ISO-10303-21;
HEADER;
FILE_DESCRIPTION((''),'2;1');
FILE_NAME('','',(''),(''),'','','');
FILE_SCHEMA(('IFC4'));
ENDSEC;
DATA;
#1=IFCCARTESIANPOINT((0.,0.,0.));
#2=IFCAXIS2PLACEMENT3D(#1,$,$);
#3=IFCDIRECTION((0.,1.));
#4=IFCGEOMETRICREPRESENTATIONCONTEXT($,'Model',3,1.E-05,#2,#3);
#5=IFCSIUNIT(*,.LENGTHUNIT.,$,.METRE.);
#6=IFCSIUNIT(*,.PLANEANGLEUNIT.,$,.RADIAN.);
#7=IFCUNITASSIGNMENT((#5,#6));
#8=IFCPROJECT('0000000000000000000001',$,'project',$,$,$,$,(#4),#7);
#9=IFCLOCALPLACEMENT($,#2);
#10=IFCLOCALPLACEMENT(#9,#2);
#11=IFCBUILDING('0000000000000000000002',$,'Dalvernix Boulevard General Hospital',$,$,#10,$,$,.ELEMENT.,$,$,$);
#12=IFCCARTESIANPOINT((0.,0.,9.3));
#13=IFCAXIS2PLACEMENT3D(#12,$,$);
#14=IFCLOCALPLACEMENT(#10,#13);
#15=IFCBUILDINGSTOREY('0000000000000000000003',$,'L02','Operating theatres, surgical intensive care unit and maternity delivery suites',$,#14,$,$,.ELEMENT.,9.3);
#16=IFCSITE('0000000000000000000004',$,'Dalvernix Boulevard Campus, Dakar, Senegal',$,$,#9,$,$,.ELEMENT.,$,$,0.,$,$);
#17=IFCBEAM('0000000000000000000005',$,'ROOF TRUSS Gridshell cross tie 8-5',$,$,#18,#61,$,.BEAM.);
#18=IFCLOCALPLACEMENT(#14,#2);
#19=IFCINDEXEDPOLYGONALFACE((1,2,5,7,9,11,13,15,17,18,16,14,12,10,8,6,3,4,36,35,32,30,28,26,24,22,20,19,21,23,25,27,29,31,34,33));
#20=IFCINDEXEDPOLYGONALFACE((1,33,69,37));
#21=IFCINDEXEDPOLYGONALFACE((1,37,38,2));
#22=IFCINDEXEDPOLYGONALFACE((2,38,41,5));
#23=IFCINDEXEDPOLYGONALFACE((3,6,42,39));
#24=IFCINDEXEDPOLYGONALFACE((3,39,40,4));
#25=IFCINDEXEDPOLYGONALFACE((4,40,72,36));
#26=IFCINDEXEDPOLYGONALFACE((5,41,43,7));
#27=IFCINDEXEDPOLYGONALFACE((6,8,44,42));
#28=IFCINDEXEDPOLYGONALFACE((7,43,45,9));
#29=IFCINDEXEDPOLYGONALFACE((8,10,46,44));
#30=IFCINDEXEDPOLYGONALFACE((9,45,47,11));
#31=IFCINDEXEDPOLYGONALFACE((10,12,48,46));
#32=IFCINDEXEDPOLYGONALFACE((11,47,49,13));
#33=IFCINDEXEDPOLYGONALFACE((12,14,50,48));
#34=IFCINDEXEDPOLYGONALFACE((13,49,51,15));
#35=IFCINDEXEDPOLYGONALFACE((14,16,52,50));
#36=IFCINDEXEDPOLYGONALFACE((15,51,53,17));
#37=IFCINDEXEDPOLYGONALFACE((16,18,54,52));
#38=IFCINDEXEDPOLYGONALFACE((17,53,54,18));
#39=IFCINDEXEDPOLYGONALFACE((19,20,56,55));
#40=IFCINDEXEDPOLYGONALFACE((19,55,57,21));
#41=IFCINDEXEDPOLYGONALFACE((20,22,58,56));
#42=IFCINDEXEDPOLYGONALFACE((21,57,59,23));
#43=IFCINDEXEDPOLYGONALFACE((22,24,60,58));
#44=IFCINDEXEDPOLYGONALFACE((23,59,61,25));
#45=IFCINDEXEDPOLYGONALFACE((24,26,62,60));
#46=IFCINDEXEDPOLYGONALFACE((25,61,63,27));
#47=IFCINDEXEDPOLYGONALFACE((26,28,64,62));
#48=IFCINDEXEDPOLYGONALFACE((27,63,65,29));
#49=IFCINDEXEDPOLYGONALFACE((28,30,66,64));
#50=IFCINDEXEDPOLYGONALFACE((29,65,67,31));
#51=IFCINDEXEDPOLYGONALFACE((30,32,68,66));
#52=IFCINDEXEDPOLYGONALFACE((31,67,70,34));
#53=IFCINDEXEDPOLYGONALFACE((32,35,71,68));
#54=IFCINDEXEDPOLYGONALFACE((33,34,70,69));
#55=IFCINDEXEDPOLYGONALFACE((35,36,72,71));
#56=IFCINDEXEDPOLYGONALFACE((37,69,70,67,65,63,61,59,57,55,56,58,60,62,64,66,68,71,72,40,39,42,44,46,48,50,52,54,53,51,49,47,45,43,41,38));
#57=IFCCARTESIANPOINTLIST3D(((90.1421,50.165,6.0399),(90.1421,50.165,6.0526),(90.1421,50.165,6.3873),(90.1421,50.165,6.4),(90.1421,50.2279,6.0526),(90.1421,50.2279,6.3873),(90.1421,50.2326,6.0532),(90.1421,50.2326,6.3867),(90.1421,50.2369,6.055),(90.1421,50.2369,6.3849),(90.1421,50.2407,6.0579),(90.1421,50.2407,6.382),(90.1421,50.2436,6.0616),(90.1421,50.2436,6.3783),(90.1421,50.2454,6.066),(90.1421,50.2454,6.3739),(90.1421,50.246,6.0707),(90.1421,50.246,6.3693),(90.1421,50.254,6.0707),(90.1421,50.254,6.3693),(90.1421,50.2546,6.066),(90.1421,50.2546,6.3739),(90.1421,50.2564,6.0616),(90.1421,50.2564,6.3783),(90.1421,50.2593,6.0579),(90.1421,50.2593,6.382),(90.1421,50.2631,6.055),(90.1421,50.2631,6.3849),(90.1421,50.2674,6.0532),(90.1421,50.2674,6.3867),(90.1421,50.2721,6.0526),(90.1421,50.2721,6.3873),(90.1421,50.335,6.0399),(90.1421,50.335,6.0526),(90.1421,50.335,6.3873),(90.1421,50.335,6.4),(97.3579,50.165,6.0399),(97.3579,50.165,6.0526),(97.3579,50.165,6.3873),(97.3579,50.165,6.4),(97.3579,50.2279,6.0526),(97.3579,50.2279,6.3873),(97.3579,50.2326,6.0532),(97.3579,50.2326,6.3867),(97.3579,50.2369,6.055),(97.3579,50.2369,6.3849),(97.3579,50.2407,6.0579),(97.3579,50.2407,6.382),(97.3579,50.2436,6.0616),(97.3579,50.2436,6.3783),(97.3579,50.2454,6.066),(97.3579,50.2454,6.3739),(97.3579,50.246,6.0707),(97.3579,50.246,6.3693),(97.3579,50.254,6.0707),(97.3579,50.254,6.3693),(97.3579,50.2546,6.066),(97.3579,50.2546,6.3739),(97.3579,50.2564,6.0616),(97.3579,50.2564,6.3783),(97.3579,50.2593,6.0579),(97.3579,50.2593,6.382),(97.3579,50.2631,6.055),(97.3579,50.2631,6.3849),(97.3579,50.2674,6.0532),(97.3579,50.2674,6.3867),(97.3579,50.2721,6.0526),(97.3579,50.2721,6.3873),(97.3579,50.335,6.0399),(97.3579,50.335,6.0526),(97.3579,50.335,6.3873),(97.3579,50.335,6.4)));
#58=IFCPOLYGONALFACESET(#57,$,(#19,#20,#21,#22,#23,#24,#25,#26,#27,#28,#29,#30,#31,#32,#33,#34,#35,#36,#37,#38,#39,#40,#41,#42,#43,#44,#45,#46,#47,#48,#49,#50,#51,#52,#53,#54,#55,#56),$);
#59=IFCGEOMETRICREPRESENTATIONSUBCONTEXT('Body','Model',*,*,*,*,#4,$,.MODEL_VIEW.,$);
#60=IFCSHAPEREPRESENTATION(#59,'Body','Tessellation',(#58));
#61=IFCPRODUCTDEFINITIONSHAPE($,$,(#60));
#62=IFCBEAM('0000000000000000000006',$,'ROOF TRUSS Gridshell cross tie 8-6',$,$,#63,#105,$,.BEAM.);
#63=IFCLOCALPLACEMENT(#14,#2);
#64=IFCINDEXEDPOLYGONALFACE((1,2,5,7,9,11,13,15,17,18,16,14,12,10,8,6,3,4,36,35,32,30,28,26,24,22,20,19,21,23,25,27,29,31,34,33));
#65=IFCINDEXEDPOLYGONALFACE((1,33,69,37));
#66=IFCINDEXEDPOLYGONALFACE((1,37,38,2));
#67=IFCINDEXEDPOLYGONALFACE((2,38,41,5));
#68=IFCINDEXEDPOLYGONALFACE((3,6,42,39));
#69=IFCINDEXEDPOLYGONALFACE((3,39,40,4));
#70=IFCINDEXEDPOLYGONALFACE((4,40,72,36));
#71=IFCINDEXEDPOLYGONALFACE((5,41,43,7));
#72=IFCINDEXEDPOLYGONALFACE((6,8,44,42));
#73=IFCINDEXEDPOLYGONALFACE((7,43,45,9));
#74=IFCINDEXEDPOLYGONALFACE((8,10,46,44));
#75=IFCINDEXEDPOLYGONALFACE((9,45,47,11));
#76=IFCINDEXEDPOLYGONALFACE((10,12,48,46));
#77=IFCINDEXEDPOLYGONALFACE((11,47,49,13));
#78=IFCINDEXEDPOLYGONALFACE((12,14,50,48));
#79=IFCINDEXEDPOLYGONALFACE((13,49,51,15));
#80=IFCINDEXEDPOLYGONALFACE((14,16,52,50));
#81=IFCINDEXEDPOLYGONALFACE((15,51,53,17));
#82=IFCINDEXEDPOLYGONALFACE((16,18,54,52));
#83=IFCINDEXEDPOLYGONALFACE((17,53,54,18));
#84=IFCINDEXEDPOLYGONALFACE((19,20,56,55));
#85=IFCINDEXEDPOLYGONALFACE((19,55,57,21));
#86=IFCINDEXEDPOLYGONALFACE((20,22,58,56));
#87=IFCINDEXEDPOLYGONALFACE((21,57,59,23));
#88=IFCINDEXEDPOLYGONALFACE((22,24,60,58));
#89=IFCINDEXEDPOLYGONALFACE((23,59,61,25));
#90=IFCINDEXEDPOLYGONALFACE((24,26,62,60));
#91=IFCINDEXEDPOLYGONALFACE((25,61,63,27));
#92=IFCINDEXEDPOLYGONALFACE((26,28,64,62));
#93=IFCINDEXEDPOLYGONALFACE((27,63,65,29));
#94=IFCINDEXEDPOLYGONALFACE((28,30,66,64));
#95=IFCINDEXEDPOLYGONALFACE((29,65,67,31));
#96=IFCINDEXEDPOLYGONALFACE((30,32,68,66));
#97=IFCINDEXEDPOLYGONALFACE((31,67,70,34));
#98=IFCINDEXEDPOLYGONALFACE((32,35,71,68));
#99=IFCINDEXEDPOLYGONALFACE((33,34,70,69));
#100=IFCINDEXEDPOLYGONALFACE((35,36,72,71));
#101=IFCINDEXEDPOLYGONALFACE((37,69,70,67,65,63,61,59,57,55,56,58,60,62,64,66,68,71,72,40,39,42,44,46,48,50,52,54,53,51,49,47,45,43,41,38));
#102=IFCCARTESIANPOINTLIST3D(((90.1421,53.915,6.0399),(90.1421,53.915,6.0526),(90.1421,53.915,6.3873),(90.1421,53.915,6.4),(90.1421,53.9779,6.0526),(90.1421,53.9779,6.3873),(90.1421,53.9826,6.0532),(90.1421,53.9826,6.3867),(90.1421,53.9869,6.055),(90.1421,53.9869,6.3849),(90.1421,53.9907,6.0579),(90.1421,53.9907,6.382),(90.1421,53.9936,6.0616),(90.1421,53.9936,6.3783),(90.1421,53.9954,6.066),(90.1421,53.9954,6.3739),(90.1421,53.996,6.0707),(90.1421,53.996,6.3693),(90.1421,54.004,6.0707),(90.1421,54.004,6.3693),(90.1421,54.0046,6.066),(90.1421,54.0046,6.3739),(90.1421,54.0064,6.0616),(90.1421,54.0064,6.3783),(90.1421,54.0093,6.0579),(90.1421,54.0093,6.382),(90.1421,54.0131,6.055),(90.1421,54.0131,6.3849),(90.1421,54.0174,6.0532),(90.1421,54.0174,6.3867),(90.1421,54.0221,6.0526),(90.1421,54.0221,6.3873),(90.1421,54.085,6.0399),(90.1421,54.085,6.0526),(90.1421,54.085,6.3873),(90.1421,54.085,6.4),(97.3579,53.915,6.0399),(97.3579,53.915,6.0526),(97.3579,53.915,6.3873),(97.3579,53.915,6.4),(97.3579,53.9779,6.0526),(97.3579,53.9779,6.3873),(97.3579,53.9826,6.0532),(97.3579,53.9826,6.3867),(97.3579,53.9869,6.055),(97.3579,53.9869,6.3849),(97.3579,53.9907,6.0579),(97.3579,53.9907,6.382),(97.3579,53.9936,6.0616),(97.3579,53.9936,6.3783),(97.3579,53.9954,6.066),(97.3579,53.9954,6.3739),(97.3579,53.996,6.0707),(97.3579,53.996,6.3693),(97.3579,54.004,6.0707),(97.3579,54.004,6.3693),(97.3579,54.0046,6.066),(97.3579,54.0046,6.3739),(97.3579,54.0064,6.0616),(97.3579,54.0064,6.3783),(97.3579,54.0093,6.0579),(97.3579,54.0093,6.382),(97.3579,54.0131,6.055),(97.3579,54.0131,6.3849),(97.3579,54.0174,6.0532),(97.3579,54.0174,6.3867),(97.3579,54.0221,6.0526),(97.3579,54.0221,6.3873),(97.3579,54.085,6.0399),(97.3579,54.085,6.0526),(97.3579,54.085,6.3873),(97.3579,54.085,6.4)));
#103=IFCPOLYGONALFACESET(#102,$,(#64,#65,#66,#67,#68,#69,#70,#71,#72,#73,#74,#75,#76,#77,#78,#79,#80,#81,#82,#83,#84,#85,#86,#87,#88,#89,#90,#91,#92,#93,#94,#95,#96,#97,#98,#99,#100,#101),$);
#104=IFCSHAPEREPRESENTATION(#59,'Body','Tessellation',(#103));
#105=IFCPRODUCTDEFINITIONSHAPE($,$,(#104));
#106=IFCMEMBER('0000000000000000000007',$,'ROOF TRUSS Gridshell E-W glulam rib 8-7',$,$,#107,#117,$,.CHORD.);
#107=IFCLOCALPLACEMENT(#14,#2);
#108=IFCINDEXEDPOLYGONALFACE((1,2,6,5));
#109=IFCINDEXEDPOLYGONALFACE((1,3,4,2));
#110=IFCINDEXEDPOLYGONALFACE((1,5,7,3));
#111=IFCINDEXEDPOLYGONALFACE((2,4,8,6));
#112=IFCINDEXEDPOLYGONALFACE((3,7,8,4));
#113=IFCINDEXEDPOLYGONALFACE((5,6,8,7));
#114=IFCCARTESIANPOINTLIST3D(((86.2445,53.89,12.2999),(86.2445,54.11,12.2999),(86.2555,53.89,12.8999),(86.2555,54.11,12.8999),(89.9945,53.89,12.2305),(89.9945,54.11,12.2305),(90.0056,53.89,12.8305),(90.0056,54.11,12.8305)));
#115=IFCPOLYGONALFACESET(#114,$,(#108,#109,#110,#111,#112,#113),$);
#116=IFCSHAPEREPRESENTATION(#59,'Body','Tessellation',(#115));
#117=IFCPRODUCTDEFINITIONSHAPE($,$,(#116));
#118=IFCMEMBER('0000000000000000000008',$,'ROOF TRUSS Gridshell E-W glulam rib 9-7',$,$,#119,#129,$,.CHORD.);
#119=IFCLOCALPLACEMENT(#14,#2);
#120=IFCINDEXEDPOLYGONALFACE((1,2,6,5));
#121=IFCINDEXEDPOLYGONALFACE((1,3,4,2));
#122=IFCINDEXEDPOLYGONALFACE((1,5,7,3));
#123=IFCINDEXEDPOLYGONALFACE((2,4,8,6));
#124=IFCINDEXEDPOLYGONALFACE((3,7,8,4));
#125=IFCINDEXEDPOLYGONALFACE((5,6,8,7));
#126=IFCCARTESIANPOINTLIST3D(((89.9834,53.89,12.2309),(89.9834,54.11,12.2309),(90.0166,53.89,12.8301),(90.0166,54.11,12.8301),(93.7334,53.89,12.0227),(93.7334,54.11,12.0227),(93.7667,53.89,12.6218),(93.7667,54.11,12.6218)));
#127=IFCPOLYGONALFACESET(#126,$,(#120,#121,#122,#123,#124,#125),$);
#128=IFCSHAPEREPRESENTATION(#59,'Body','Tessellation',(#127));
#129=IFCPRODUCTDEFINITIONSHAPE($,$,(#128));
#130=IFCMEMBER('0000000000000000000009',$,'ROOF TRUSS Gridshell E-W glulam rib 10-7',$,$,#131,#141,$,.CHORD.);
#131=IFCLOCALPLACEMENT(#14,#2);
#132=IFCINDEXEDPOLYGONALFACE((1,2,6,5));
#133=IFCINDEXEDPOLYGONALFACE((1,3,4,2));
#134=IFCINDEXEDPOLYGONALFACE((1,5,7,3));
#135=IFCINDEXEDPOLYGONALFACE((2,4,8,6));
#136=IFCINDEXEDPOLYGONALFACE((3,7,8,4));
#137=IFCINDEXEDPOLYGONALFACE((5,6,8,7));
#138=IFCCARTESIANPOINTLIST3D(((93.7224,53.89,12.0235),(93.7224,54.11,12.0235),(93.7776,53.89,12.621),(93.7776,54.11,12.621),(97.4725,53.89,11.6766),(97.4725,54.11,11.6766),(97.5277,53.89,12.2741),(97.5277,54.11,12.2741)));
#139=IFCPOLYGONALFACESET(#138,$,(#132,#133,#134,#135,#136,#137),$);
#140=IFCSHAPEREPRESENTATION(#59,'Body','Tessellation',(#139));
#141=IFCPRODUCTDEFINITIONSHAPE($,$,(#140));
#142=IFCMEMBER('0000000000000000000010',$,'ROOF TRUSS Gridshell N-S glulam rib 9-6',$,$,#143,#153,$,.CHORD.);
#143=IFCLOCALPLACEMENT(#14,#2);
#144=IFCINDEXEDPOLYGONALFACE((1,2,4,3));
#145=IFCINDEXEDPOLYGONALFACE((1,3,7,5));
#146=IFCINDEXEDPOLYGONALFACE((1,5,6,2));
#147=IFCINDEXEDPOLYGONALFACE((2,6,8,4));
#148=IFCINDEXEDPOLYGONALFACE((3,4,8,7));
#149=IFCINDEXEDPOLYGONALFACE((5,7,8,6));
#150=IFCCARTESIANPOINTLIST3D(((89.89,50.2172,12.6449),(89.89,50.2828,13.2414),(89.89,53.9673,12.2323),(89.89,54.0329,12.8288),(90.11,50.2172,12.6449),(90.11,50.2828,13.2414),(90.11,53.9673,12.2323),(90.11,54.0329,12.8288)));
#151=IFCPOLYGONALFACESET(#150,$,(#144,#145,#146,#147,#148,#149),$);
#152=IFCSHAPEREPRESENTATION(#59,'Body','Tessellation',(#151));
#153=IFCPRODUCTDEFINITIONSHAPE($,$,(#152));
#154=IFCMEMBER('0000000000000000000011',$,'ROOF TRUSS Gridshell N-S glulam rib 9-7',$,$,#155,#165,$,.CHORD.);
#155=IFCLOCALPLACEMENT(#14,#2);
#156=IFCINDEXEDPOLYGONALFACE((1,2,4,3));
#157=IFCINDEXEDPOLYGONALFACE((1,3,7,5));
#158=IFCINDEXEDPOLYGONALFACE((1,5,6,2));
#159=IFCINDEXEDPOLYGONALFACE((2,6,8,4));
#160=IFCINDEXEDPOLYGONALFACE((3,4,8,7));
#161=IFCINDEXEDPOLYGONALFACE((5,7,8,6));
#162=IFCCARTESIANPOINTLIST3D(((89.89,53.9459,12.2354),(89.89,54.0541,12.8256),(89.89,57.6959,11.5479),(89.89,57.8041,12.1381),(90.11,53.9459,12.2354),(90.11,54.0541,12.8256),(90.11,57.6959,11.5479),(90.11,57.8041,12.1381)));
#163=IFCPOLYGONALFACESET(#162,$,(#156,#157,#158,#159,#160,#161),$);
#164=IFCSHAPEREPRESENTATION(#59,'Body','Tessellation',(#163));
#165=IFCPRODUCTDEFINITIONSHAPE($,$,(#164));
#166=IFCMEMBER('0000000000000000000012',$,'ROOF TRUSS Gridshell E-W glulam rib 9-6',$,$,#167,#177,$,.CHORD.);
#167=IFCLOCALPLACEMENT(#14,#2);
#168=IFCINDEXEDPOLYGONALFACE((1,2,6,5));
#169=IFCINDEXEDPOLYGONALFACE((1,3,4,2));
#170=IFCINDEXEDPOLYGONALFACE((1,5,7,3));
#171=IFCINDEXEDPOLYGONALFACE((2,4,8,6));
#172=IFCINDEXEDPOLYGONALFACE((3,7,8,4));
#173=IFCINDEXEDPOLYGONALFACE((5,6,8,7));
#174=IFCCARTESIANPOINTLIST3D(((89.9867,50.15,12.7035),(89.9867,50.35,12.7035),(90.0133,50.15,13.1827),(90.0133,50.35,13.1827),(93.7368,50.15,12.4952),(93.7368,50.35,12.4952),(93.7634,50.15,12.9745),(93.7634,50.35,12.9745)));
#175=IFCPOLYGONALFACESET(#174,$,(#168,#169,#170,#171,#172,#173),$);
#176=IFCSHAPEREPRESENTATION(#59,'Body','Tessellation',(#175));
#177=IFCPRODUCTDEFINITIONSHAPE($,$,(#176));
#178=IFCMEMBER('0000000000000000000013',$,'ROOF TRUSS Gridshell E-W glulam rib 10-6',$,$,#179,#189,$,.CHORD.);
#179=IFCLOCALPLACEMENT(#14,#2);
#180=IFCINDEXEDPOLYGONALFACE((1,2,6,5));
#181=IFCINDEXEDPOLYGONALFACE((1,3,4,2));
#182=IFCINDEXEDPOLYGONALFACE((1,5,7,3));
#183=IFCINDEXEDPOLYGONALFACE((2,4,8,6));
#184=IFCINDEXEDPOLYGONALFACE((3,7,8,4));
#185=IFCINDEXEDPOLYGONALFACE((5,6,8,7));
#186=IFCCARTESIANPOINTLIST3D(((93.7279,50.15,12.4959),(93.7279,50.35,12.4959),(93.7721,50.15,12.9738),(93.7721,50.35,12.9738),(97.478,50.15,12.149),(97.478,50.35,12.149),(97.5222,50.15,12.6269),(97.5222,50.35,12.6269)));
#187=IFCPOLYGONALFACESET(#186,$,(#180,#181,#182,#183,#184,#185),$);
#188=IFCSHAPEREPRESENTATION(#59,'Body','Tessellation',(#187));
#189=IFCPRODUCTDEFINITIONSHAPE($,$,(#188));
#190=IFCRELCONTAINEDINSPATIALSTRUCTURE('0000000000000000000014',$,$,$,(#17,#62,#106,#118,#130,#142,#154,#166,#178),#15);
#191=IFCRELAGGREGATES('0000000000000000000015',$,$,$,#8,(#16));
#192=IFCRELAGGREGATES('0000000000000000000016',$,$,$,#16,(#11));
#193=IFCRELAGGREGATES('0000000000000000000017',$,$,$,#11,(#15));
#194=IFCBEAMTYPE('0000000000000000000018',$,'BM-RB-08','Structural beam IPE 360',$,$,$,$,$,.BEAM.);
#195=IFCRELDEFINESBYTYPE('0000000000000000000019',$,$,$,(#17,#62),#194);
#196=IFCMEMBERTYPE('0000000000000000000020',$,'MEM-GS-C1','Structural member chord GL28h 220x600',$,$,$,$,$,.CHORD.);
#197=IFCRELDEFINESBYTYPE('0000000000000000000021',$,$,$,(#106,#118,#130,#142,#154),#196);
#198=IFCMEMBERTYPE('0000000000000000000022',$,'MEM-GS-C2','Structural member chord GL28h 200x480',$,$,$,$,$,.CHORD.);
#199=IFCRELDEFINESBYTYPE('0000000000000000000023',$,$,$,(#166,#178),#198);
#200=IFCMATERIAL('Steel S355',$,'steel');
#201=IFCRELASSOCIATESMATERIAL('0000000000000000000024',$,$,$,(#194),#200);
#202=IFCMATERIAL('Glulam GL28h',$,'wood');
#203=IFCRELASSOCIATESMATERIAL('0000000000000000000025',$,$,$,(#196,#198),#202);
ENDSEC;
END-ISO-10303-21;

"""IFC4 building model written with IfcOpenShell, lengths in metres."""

from ifc_helpers import new_model, si_unit, direction, frame, origin, origin_2d, place, context, subcontext, project, spatial, rectangle, i_section, extrude, material, material_profile, profile_set, type_object, element, save


model = new_model("IFC4")

# Units and contexts
model_context = context("Model", 3, precision=1e-05, world=origin(), true_north=direction((0.0, 1.0)))
body_context = subcontext(model_context, "Body", "Model", "MODEL_VIEW")
ifc_project = project(units=[si_unit("LENGTHUNIT", "METRE"), si_unit("PLANEANGLEUNIT", "RADIAN")], contexts=[model_context])

# Site, building, storey
site_placement = place(None, origin())
site = spatial("IfcSite", under=ifc_project, at=site_placement, Name="Dalvernix Boulevard Campus, Dakar, Senegal", CompositionType="ELEMENT", RefElevation=0.0)
building_placement = place(site_placement, origin())
building = spatial("IfcBuilding", under=site, at=building_placement, Name="Dalvernix Boulevard General Hospital", CompositionType="ELEMENT")
storey_placement = place(building_placement, frame((0.0, 0.0, 9.3)))
storey = spatial("IfcBuildingStorey", under=building, at=storey_placement, Name="L02", Description="Operating theatres, surgical intensive care unit and maternity delivery suites", CompositionType="ELEMENT", Elevation=9.3)

# Beams
ifc_material_1 = material(Name="Steel S355", Category="steel")
ifc_material_profile_1 = material_profile(ifc_material_1, i_section(OverallWidth=0.1699, OverallDepth=0.3601, WebThickness=0.0081, FlangeThickness=0.0127, FilletRadius=0.0181, at=origin_2d()), Name="IPE 360")
ifc_profile_set_1 = profile_set([ifc_material_profile_1], Name="Steel S355")
beam_type = type_object("IfcBeamType", Name="BM-RB-08", Description="Structural beam IPE 360", PredefinedType="BEAM", material=ifc_profile_set_1)
for number, where, z_axis, x_axis, name in (
    (1, (90.1421, 50.25, 6.22), (1.0, 0.0, 0.0), (0.0, 1.0, 0.0), "ROOF TRUSS Gridshell cross tie 8-5"),
    (2, (90.1421, 54.0, 6.22), (1.0, 0.0, 0.0), (0.0, 1.0, 0.0), "ROOF TRUSS Gridshell cross tie 8-6"),
):
    element("IfcBeam", number, at=place(storey_placement, frame(where, z_axis=z_axis, x_axis=x_axis)), inside=storey, type_object=beam_type, Name=name, PredefinedType="BEAM", context=body_context, shape_type="SweptSolid", body=[
        extrude(i_section(OverallWidth=0.1699, OverallDepth=0.3601, WebThickness=0.0081, FlangeThickness=0.0127, FilletRadius=0.0181, at=origin_2d()), origin(), (0.0, 0.0, 1.0), 7.2158),
    ])

# Members
ifc_material_2 = material(Name="Glulam GL28h", Category="wood")
ifc_material_profile_2 = material_profile(ifc_material_2, rectangle(XDim=0.22, YDim=0.6001, at=origin_2d()), Name="GL28h 220x600")
ifc_profile_set_2 = profile_set([ifc_material_profile_2], Name="Glulam GL28h")
member_type_1 = type_object("IfcMemberType", Name="MEM-GS-C1", Description="Structural member chord GL28h 220x600", PredefinedType="CHORD", material=ifc_profile_set_2)
member_1_placement = place(storey_placement, frame((86.25, 54.0, 12.5999), z_axis=(0.999829, 0.0, -0.018486), x_axis=(0.0, 1.0, 0.0)))
element("IfcMember", 3, at=member_1_placement, inside=storey, type_object=member_type_1, Name="ROOF TRUSS Gridshell E-W glulam rib 8-7", PredefinedType="CHORD", context=body_context, shape_type="SweptSolid", body=[
    extrude(rectangle(XDim=0.22, YDim=0.6001, at=origin_2d()), origin(), (0.0, 0.0, 1.0), 3.7507),
])
member_2_placement = place(storey_placement, frame((90.0, 54.0, 12.5305), z_axis=(0.998462, 0.0, -0.055448), x_axis=(0.0, 1.0, 0.0)))
element("IfcMember", 4, at=member_2_placement, inside=storey, type_object=member_type_1, Name="ROOF TRUSS Gridshell E-W glulam rib 9-7", PredefinedType="CHORD", context=body_context, shape_type="SweptSolid", body=[
    extrude(rectangle(XDim=0.22, YDim=0.6001, at=origin_2d()), origin(), (0.0, 0.0, 1.0), 3.7559),
])
member_3_placement = place(storey_placement, frame((93.75, 54.0, 12.3223), z_axis=(0.995748, 0.0, -0.09212), x_axis=(0.0, 1.0, 0.0)))
element("IfcMember", 5, at=member_3_placement, inside=storey, type_object=member_type_1, Name="ROOF TRUSS Gridshell E-W glulam rib 10-7", PredefinedType="CHORD", context=body_context, shape_type="SweptSolid", body=[
    extrude(rectangle(XDim=0.22, YDim=0.6001, at=origin_2d()), origin(), (0.0, 0.0, 1.0), 3.7661),
])
member_4_placement = place(storey_placement, frame((90.0, 50.25, 12.9431), z_axis=(0.0, 0.994002, -0.109366), x_axis=(-1.0, 0.0, 0.0)))
element("IfcMember", 6, at=member_4_placement, inside=storey, type_object=member_type_1, Name="ROOF TRUSS Gridshell N-S glulam rib 9-6", PredefinedType="CHORD", context=body_context, shape_type="SweptSolid", body=[
    extrude(rectangle(XDim=0.22, YDim=0.6001, at=origin_2d()), origin(), (0.0, 0.0, 1.0), 3.7727),
])
member_5_placement = place(storey_placement, frame((90.0, 54.0, 12.5305), z_axis=(0.0, 0.983607, -0.180328), x_axis=(-1.0, 0.0, 0.0)))
element("IfcMember", 7, at=member_5_placement, inside=storey, type_object=member_type_1, Name="ROOF TRUSS Gridshell N-S glulam rib 9-7", PredefinedType="CHORD", context=body_context, shape_type="SweptSolid", body=[
    extrude(rectangle(XDim=0.22, YDim=0.6001, at=origin_2d()), origin(), (0.0, 0.0, 1.0), 3.8125),
])
ifc_material_profile_3 = material_profile(ifc_material_2, rectangle(XDim=0.2, YDim=0.48, at=origin_2d()), Name="GL28h 200x480")
ifc_profile_set_3 = profile_set([ifc_material_profile_3], Name="Glulam GL28h")
member_type_2 = type_object("IfcMemberType", Name="MEM-GS-C2", Description="Structural member chord GL28h 200x480", PredefinedType="CHORD", material=ifc_profile_set_3)
member_6_placement = place(storey_placement, frame((90.0, 50.25, 12.9431), z_axis=(0.998462, 0.0, -0.055448), x_axis=(0.0, 1.0, 0.0)))
element("IfcMember", 8, at=member_6_placement, inside=storey, type_object=member_type_2, Name="ROOF TRUSS Gridshell E-W glulam rib 9-6", PredefinedType="CHORD", context=body_context, shape_type="SweptSolid", body=[
    extrude(rectangle(XDim=0.2, YDim=0.48, at=origin_2d()), origin(), (0.0, 0.0, 1.0), 3.7559),
])
member_7_placement = place(storey_placement, frame((93.75, 50.25, 12.7349), z_axis=(0.995748, 0.0, -0.09212), x_axis=(0.0, 1.0, 0.0)))
element("IfcMember", 9, at=member_7_placement, inside=storey, type_object=member_type_2, Name="ROOF TRUSS Gridshell E-W glulam rib 10-6", PredefinedType="CHORD", context=body_context, shape_type="SweptSolid", body=[
    extrude(rectangle(XDim=0.2, YDim=0.48, at=origin_2d()), origin(), (0.0, 0.0, 1.0), 3.7661),
])

save(model, "model.ifc")
